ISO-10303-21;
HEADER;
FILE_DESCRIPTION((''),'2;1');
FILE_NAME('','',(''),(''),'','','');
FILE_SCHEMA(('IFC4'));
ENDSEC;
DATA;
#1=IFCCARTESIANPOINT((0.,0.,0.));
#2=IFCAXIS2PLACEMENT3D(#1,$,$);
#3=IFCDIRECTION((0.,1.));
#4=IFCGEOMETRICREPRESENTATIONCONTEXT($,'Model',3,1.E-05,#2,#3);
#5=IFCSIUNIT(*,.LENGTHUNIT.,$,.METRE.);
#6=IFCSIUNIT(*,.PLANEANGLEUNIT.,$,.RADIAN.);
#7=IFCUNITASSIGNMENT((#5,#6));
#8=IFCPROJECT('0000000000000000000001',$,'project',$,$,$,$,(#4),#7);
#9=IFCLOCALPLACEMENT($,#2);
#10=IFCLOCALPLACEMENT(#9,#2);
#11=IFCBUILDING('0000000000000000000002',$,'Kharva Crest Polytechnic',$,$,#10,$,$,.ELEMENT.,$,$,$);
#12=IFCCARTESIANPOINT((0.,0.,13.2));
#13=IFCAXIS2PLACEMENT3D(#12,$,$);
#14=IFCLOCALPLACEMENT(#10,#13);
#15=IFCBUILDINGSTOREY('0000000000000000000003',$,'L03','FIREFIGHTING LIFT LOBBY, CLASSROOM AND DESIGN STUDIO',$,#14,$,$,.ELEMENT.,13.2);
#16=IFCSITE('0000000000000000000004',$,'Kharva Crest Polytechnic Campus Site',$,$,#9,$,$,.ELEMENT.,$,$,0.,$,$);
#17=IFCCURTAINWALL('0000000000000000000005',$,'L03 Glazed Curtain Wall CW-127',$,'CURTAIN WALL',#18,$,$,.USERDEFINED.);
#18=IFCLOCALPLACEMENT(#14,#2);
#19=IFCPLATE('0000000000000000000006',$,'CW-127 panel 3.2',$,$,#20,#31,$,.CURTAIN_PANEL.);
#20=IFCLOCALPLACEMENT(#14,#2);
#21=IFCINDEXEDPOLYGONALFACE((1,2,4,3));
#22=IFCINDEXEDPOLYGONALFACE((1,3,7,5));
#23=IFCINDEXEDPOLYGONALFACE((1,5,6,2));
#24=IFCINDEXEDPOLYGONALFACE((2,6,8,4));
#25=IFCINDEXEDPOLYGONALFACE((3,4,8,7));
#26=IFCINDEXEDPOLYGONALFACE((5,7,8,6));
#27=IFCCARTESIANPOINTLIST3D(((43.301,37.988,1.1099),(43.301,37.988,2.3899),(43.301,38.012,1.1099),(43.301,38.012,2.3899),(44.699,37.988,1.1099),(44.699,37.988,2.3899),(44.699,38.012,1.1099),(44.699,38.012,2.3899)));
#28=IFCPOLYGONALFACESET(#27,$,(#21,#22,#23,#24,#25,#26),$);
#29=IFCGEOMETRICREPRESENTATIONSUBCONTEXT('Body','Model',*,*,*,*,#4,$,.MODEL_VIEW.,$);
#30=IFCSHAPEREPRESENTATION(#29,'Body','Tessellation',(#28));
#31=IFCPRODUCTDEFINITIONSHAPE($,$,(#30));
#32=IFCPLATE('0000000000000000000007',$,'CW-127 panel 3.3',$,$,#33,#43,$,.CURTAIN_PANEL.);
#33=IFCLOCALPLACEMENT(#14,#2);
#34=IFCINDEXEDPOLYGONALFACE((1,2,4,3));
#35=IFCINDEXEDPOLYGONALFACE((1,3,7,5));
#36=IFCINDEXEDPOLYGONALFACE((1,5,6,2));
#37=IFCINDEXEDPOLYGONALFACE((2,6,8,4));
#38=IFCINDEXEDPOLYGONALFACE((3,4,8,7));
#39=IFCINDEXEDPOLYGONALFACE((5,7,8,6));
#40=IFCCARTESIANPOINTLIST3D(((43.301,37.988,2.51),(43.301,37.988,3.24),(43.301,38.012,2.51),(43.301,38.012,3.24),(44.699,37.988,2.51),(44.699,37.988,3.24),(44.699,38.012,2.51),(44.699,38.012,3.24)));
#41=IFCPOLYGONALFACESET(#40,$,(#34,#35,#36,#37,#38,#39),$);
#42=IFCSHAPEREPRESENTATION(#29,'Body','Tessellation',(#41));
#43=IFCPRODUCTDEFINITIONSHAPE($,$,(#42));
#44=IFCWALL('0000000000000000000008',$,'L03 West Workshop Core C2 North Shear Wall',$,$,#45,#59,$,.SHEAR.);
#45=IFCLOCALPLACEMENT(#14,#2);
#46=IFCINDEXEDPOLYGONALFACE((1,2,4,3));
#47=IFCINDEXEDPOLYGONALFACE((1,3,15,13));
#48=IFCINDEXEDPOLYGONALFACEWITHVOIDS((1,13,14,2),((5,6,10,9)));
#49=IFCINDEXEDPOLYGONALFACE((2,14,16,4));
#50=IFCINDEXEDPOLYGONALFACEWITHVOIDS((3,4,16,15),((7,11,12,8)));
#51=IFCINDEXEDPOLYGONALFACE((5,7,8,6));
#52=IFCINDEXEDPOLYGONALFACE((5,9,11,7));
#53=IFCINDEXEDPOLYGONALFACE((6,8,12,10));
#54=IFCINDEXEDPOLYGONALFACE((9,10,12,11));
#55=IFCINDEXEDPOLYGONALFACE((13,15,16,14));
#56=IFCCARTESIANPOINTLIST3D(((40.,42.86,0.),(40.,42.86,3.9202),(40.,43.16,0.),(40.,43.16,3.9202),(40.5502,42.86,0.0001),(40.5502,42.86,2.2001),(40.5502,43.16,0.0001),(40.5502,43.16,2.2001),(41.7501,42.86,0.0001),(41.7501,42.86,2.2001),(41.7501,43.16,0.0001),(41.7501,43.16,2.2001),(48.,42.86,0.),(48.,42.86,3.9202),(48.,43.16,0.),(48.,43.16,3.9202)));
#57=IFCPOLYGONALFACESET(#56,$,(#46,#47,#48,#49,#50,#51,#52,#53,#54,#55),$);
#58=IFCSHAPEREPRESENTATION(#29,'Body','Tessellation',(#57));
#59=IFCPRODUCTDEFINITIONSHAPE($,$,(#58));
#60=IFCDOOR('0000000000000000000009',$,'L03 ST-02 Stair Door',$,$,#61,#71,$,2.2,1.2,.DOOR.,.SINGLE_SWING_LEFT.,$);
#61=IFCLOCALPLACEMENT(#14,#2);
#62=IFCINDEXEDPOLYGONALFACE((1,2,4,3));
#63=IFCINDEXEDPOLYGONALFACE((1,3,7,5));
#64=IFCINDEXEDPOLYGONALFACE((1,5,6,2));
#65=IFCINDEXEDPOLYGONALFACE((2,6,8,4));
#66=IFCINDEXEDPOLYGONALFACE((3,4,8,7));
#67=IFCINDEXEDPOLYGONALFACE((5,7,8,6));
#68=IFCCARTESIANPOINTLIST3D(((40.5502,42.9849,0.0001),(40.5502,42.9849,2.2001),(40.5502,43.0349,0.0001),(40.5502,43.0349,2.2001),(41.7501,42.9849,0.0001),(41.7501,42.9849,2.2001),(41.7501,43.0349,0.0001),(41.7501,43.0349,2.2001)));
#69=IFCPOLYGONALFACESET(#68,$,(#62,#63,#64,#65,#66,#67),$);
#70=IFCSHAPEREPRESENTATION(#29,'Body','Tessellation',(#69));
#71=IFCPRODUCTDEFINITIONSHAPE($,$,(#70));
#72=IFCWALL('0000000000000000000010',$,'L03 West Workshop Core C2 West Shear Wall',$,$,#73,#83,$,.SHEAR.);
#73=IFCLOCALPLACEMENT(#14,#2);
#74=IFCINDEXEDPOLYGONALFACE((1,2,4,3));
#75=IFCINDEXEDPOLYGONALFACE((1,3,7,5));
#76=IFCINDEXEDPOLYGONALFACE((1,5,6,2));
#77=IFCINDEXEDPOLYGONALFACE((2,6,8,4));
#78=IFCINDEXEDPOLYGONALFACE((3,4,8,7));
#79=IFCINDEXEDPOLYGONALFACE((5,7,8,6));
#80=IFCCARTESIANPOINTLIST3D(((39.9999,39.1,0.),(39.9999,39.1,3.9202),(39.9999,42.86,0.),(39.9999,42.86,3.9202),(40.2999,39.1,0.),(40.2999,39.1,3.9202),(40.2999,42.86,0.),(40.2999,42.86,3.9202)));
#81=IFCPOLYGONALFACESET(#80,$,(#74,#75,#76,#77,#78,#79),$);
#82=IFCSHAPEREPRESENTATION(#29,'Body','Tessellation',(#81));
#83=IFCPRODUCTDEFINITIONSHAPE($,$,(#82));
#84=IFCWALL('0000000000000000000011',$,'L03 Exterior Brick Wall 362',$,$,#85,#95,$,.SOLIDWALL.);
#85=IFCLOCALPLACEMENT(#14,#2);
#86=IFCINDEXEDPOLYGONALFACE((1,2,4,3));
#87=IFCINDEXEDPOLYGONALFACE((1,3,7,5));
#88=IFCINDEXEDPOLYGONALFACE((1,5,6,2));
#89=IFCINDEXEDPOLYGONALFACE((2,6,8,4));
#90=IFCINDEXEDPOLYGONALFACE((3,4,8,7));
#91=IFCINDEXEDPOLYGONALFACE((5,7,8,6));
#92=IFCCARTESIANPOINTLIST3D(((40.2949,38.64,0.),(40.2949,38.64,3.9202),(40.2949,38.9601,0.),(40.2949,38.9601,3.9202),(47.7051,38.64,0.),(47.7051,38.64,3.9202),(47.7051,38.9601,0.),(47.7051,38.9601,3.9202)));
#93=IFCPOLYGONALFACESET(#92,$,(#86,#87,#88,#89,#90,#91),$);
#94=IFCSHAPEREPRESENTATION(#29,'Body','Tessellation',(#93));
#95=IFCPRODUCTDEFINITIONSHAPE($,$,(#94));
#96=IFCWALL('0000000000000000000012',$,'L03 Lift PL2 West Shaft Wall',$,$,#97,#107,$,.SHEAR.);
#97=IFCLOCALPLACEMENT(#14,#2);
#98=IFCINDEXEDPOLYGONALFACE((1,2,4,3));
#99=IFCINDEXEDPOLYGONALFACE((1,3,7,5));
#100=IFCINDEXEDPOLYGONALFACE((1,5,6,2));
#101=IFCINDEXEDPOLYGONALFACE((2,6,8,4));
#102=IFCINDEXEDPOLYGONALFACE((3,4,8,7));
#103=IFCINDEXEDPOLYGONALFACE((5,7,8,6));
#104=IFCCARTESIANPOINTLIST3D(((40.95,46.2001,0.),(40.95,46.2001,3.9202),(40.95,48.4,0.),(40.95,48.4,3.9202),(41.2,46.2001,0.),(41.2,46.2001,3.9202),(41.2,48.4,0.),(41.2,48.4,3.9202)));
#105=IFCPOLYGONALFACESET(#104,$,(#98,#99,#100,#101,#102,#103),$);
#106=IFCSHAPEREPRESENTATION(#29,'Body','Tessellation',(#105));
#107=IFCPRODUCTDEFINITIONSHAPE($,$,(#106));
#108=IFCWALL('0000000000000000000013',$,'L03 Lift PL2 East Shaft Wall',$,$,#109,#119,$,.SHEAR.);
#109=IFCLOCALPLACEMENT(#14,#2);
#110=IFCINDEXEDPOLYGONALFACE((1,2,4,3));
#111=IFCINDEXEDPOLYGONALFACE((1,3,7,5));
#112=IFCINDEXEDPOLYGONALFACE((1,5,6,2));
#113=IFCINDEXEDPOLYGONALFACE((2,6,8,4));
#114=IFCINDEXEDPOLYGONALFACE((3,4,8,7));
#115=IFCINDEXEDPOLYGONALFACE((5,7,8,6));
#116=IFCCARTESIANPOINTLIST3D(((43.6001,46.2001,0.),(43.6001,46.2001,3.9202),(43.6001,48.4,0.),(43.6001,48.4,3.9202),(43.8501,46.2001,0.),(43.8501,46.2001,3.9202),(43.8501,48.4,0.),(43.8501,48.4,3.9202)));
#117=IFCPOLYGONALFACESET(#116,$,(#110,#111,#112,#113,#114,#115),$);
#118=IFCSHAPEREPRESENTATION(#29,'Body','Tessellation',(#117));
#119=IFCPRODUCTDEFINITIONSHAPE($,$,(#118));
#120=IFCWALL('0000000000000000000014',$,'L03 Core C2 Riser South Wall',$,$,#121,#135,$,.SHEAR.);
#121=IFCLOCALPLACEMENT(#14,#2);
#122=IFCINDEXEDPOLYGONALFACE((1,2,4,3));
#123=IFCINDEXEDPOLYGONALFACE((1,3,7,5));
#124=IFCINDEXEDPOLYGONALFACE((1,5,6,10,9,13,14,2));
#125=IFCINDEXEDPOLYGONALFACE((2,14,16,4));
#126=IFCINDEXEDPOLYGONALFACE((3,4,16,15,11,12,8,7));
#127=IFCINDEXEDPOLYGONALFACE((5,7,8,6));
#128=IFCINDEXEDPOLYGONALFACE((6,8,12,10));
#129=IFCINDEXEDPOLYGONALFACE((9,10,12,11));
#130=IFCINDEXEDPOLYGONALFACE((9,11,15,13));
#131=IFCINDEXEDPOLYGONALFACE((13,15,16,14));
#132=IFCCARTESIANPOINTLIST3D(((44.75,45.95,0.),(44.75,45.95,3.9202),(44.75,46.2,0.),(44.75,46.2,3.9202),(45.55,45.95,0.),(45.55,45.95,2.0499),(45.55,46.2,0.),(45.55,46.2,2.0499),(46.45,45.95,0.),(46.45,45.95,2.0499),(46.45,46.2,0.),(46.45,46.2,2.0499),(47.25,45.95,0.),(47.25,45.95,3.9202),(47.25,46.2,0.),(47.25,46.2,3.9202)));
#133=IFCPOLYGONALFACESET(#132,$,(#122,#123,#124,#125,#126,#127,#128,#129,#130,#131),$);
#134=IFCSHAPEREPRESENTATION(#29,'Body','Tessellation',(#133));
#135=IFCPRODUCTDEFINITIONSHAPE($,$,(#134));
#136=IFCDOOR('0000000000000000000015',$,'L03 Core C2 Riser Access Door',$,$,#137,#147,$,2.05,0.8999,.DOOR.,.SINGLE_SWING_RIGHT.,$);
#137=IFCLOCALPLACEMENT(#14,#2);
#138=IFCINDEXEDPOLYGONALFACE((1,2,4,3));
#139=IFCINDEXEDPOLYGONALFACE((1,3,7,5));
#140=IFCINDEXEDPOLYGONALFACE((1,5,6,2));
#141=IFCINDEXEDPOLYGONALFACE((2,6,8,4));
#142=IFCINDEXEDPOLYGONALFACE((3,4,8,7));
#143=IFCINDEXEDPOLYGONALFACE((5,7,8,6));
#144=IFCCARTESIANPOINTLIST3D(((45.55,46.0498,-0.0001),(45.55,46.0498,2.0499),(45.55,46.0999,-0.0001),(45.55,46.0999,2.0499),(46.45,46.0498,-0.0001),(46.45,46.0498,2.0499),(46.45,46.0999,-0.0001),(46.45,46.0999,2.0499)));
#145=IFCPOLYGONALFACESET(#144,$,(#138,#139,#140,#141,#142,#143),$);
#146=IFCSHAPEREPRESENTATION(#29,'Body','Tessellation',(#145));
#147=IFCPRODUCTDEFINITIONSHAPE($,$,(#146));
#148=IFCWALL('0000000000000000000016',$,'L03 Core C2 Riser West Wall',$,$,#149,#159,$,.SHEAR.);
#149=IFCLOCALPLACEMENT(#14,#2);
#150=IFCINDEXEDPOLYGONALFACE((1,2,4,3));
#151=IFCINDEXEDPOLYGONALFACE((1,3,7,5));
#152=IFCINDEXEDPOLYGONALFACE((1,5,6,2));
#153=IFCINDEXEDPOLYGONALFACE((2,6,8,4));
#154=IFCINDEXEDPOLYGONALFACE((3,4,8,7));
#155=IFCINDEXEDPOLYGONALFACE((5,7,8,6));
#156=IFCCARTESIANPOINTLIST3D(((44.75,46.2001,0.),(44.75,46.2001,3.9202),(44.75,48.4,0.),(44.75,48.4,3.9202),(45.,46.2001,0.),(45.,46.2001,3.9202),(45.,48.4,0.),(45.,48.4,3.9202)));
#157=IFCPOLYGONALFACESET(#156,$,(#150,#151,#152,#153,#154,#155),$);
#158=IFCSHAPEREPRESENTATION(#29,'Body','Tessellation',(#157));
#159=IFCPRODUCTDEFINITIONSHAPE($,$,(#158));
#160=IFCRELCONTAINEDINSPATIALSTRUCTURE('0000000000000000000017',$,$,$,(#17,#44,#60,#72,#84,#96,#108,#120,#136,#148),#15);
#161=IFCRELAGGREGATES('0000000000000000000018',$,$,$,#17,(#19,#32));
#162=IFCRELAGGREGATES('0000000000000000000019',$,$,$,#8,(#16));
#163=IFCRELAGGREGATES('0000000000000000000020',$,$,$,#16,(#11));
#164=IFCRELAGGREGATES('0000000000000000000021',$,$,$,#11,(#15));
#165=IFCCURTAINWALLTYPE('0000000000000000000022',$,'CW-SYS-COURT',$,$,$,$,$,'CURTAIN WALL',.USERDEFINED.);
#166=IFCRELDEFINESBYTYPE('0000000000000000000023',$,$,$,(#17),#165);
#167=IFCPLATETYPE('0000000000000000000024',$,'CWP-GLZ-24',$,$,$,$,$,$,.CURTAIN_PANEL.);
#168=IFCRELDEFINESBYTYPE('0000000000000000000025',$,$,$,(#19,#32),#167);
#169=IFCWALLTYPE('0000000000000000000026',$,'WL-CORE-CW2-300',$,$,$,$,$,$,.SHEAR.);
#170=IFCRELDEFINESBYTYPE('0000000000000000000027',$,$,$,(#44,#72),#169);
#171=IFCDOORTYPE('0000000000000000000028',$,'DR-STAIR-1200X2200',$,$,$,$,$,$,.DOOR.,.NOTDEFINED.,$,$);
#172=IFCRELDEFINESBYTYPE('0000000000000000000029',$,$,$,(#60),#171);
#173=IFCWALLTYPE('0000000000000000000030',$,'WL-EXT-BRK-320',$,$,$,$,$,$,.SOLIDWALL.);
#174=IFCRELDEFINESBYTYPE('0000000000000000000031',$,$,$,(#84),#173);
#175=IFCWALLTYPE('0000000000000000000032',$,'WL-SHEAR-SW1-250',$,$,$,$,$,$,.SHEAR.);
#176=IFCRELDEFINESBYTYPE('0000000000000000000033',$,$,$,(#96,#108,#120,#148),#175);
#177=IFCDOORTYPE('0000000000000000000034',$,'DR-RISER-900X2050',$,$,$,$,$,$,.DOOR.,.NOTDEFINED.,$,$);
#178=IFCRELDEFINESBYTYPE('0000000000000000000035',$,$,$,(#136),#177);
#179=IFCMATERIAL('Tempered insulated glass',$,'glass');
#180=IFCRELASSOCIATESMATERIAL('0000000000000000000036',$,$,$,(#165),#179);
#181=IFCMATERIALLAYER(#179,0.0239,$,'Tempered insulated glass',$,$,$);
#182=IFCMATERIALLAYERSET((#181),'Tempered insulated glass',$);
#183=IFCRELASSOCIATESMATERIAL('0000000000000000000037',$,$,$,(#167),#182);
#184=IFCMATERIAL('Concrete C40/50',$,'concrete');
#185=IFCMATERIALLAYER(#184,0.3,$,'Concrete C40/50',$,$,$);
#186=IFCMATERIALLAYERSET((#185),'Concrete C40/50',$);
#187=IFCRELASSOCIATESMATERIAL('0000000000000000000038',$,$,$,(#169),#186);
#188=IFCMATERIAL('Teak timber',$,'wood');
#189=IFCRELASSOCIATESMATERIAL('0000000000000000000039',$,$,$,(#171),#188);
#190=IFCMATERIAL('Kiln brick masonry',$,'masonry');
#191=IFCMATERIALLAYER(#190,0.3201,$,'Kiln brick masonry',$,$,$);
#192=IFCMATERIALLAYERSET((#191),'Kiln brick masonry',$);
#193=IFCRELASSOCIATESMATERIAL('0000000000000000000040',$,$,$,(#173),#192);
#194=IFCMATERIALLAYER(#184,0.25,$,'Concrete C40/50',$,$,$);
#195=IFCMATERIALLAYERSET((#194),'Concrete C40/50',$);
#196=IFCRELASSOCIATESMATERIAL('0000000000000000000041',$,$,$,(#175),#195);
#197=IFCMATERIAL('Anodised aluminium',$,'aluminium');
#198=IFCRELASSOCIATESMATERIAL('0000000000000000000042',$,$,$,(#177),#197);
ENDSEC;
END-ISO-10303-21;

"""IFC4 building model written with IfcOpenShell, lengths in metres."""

from ifc_helpers import new_model, si_unit, direction, frame, frame_2d, origin, origin_2d, place, context, subcontext, project, spatial, rectangle, extrude, material, layer, layer_set, type_object, element, fill, aggregate, save


model = new_model("IFC4")

# Units and contexts
model_context = context("Model", 3, precision=1e-05, world=origin(), true_north=direction((0.0, 1.0)))
body_context = subcontext(model_context, "Body", "Model", "MODEL_VIEW")
ifc_project = project(units=[si_unit("LENGTHUNIT", "METRE"), si_unit("PLANEANGLEUNIT", "RADIAN")], contexts=[model_context])

# Site, building, storey
site_placement = place(None, origin())
site = spatial("IfcSite", under=ifc_project, at=site_placement, Name="Kharva Crest Polytechnic Campus Site", CompositionType="ELEMENT", RefElevation=0.0)
building_placement = place(site_placement, origin())
building = spatial("IfcBuilding", under=site, at=building_placement, Name="Kharva Crest Polytechnic", CompositionType="ELEMENT")
storey_placement = place(building_placement, frame((0.0, 0.0, 13.2)))
storey = spatial("IfcBuildingStorey", under=building, at=storey_placement, Name="L03", Description="FIREFIGHTING LIFT LOBBY, CLASSROOM AND DESIGN STUDIO", CompositionType="ELEMENT", Elevation=13.2)

# Shared definitions
ifc_material_1 = material(Name="Concrete C40/50", Category="concrete")

# Curtain wall, plates
ifc_material_2 = material(Name="Tempered insulated glass", Category="glass")
curtain_wall_type = type_object("IfcCurtainWallType", Name="CW-SYS-COURT", ElementType="CURTAIN WALL", PredefinedType="USERDEFINED", material=ifc_material_2)
curtain_wall_placement = place(storey_placement, origin())
curtain_wall = element("IfcCurtainWall", 1, at=curtain_wall_placement, inside=storey, type_object=curtain_wall_type, Name="L03 Glazed Curtain Wall CW-127", ObjectType="CURTAIN WALL", PredefinedType="USERDEFINED")
ifc_layer_1 = layer(ifc_material_2, 0.0239, Name="Tempered insulated glass")
ifc_layer_set_1 = layer_set([ifc_layer_1], Name="Tempered insulated glass")
plate_type = type_object("IfcPlateType", Name="CWP-GLZ-24", PredefinedType="CURTAIN_PANEL", material=ifc_layer_set_1)
plate_1_placement = place(storey_placement, frame((44.0, 38.0, 1.1099), z_axis=(0.0, 0.0, 1.0), x_axis=(-1.0, 0.0, 0.0)))
plate_1 = element("IfcPlate", 2, at=plate_1_placement, type_object=plate_type, Name="CW-127 panel 3.2", PredefinedType="CURTAIN_PANEL", context=body_context, shape_type="SweptSolid", body=[
    extrude(rectangle(XDim=1.3979, YDim=0.0239, at=origin_2d()), origin(), (0.0, 0.0, 1.0), 1.28),
])
plate_2_placement = place(storey_placement, frame((44.0, 38.0, 2.51), z_axis=(0.0, 0.0, 1.0), x_axis=(-1.0, 0.0, 0.0)))
plate_2 = element("IfcPlate", 3, at=plate_2_placement, type_object=plate_type, Name="CW-127 panel 3.3", PredefinedType="CURTAIN_PANEL", context=body_context, shape_type="SweptSolid", body=[
    extrude(rectangle(XDim=1.3979, YDim=0.0239, at=origin_2d()), origin(), (0.0, 0.0, 1.0), 0.73),
])
aggregate(curtain_wall, [plate_1, plate_2])

# Wall, opening, door
ifc_layer_2 = layer(ifc_material_1, 0.3, Name="Concrete C40/50")
ifc_layer_set_2 = layer_set([ifc_layer_2], Name="Concrete C40/50")
wall_type_1 = type_object("IfcWallType", Name="WL-CORE-CW2-300", PredefinedType="SHEAR", material=ifc_layer_set_2)
wall_1_placement = place(storey_placement, frame((40.0, 43.01, 0.0), z_axis=(0.0, 0.0, 1.0), x_axis=(1.0, 0.0, 0.0)))
wall_1 = element("IfcWall", 4, at=wall_1_placement, inside=storey, type_object=wall_type_1, Name="L03 West Workshop Core C2 North Shear Wall", PredefinedType="SHEAR", context=body_context, shape_type="SweptSolid", body=[
    extrude(rectangle(XDim=8.0, YDim=0.3, at=frame_2d((4.0, 0.0))), origin(), (0.0, 0.0, 1.0), 3.9202),
])
opening_1_placement = place(wall_1_placement, frame((0.55, 0.0, 0.0)))
opening_1 = element("IfcOpeningElement", 5, at=opening_1_placement, cuts=wall_1, PredefinedType="OPENING", context=body_context, shape_type="SweptSolid", body=[
    extrude(rectangle(XDim=1.2, YDim=2.2, at=frame_2d((0.6001, 1.1001))), frame((0.0, 0.1599, 0.0), z_axis=(0.0, -1.0, 0.0), x_axis=(1.0, 0.0, 0.0)), (0.0, 0.0, 1.0), 0.3201),
])
ifc_material_3 = material(Name="Teak timber", Category="wood")
door_type_1 = type_object("IfcDoorType", Name="DR-STAIR-1200X2200", OperationType="NOTDEFINED", PredefinedType="DOOR", material=ifc_material_3)
door_1_placement = place(opening_1_placement, origin())
door_1 = element("IfcDoor", 6, at=door_1_placement, inside=storey, type_object=door_type_1, Name="L03 ST-02 Stair Door", OperationType="SINGLE_SWING_LEFT", OverallHeight=2.2, OverallWidth=1.2, PredefinedType="DOOR", context=body_context, shape_type="SweptSolid", body=[
    extrude(rectangle(XDim=1.2, YDim=2.2, at=frame_2d((0.6001, 1.1001))), frame((0.0, 0.0249, 0.0), z_axis=(0.0, -1.0, 0.0), x_axis=(1.0, 0.0, 0.0)), (0.0, 0.0, 1.0), 0.05),
])
fill(opening_1, door_1)

# Walls
wall_2_placement = place(storey_placement, frame((40.1499, 39.1001, 0.0), z_axis=(0.0, 0.0, 1.0), x_axis=(0.0, 1.0, 0.0)))
element("IfcWall", 7, at=wall_2_placement, inside=storey, type_object=wall_type_1, Name="L03 West Workshop Core C2 West Shear Wall", PredefinedType="SHEAR", context=body_context, shape_type="SweptSolid", body=[
    extrude(rectangle(XDim=3.76, YDim=0.3, at=frame_2d((1.8799, 0.0))), origin(), (0.0, 0.0, 1.0), 3.9202),
])
ifc_material_4 = material(Name="Kiln brick masonry", Category="masonry")
ifc_layer_3 = layer(ifc_material_4, 0.3201, Name="Kiln brick masonry")
ifc_layer_set_3 = layer_set([ifc_layer_3], Name="Kiln brick masonry")
wall_type_2 = type_object("IfcWallType", Name="WL-EXT-BRK-320", PredefinedType="SOLIDWALL", material=ifc_layer_set_3)
wall_3_placement = place(storey_placement, frame((40.2949, 38.8, 0.0), z_axis=(0.0, 0.0, 1.0), x_axis=(1.0, 0.0, 0.0)))
element("IfcWall", 8, at=wall_3_placement, inside=storey, type_object=wall_type_2, Name="L03 Exterior Brick Wall 362", PredefinedType="SOLIDWALL", context=body_context, shape_type="SweptSolid", body=[
    extrude(rectangle(XDim=7.4102, YDim=0.3201, at=frame_2d((3.7051, 0.0))), origin(), (0.0, 0.0, 1.0), 3.9202),
])

# Shared definitions
ifc_layer_4 = layer(ifc_material_1, 0.25, Name="Concrete C40/50")
ifc_layer_set_4 = layer_set([ifc_layer_4], Name="Concrete C40/50")
wall_type_3 = type_object("IfcWallType", Name="WL-SHEAR-SW1-250", PredefinedType="SHEAR", material=ifc_layer_set_4)
ifc_material_5 = material(Name="Anodised aluminium", Category="aluminium")

# Walls
for number, where, z_axis, x_axis, name in (
    (9, (41.075, 46.2, 0.0), (0.0, 0.0, 1.0), (0.0, 1.0, 0.0), "L03 Lift PL2 West Shaft Wall"),
    (10, (43.7251, 46.2, 0.0), (0.0, 0.0, 1.0), (0.0, 1.0, 0.0), "L03 Lift PL2 East Shaft Wall"),
):
    element("IfcWall", number, at=place(storey_placement, frame(where, z_axis=z_axis, x_axis=x_axis)), inside=storey, type_object=wall_type_3, Name=name, PredefinedType="SHEAR", context=body_context, shape_type="SweptSolid", body=[
        extrude(rectangle(XDim=2.2, YDim=0.25, at=frame_2d((1.1001, 0.0))), origin(), (0.0, 0.0, 1.0), 3.9202),
    ])

# Wall, opening, door
wall_4_placement = place(storey_placement, frame((44.75, 46.075, 0.0), z_axis=(0.0, 0.0, 1.0), x_axis=(1.0, 0.0, 0.0)))
wall_4 = element("IfcWall", 11, at=wall_4_placement, inside=storey, type_object=wall_type_3, Name="L03 Core C2 Riser South Wall", PredefinedType="SHEAR", context=body_context, shape_type="SweptSolid", body=[
    extrude(rectangle(XDim=2.5, YDim=0.25, at=frame_2d((1.25, 0.0))), origin(), (0.0, 0.0, 1.0), 3.9202),
])
opening_2_placement = place(wall_4_placement, frame((0.8, 0.0, 0.0)))
opening_2 = element("IfcOpeningElement", 12, at=opening_2_placement, cuts=wall_4, PredefinedType="OPENING", context=body_context, shape_type="SweptSolid", body=[
    extrude(rectangle(XDim=0.8999, YDim=2.05, at=frame_2d((0.45, 1.0249))), frame((0.0, 0.135, 0.0), z_axis=(0.0, -1.0, 0.0), x_axis=(1.0, 0.0, 0.0)), (0.0, 0.0, 1.0), 0.27),
])
door_type_2 = type_object("IfcDoorType", Name="DR-RISER-900X2050", OperationType="NOTDEFINED", PredefinedType="DOOR", material=ifc_material_5)
door_2_placement = place(opening_2_placement, origin())
door_2 = element("IfcDoor", 13, at=door_2_placement, inside=storey, type_object=door_type_2, Name="L03 Core C2 Riser Access Door", OperationType="SINGLE_SWING_RIGHT", OverallHeight=2.05, OverallWidth=0.8999, PredefinedType="DOOR", context=body_context, shape_type="SweptSolid", body=[
    extrude(rectangle(XDim=0.8999, YDim=2.05, at=frame_2d((0.45, 1.0249))), frame((0.0, 0.0249, 0.0), z_axis=(0.0, -1.0, 0.0), x_axis=(1.0, 0.0, 0.0)), (0.0, 0.0, 1.0), 0.05),
])
fill(opening_2, door_2)

# Wall
wall_5_placement = place(storey_placement, frame((44.875, 46.2, 0.0), z_axis=(0.0, 0.0, 1.0), x_axis=(0.0, 1.0, 0.0)))
element("IfcWall", 14, at=wall_5_placement, inside=storey, type_object=wall_type_3, Name="L03 Core C2 Riser West Wall", PredefinedType="SHEAR", context=body_context, shape_type="SweptSolid", body=[
    extrude(rectangle(XDim=2.2, YDim=0.25, at=frame_2d((1.1001, 0.0))), origin(), (0.0, 0.0, 1.0), 3.9202),
])

save(model, "model.ifc")
